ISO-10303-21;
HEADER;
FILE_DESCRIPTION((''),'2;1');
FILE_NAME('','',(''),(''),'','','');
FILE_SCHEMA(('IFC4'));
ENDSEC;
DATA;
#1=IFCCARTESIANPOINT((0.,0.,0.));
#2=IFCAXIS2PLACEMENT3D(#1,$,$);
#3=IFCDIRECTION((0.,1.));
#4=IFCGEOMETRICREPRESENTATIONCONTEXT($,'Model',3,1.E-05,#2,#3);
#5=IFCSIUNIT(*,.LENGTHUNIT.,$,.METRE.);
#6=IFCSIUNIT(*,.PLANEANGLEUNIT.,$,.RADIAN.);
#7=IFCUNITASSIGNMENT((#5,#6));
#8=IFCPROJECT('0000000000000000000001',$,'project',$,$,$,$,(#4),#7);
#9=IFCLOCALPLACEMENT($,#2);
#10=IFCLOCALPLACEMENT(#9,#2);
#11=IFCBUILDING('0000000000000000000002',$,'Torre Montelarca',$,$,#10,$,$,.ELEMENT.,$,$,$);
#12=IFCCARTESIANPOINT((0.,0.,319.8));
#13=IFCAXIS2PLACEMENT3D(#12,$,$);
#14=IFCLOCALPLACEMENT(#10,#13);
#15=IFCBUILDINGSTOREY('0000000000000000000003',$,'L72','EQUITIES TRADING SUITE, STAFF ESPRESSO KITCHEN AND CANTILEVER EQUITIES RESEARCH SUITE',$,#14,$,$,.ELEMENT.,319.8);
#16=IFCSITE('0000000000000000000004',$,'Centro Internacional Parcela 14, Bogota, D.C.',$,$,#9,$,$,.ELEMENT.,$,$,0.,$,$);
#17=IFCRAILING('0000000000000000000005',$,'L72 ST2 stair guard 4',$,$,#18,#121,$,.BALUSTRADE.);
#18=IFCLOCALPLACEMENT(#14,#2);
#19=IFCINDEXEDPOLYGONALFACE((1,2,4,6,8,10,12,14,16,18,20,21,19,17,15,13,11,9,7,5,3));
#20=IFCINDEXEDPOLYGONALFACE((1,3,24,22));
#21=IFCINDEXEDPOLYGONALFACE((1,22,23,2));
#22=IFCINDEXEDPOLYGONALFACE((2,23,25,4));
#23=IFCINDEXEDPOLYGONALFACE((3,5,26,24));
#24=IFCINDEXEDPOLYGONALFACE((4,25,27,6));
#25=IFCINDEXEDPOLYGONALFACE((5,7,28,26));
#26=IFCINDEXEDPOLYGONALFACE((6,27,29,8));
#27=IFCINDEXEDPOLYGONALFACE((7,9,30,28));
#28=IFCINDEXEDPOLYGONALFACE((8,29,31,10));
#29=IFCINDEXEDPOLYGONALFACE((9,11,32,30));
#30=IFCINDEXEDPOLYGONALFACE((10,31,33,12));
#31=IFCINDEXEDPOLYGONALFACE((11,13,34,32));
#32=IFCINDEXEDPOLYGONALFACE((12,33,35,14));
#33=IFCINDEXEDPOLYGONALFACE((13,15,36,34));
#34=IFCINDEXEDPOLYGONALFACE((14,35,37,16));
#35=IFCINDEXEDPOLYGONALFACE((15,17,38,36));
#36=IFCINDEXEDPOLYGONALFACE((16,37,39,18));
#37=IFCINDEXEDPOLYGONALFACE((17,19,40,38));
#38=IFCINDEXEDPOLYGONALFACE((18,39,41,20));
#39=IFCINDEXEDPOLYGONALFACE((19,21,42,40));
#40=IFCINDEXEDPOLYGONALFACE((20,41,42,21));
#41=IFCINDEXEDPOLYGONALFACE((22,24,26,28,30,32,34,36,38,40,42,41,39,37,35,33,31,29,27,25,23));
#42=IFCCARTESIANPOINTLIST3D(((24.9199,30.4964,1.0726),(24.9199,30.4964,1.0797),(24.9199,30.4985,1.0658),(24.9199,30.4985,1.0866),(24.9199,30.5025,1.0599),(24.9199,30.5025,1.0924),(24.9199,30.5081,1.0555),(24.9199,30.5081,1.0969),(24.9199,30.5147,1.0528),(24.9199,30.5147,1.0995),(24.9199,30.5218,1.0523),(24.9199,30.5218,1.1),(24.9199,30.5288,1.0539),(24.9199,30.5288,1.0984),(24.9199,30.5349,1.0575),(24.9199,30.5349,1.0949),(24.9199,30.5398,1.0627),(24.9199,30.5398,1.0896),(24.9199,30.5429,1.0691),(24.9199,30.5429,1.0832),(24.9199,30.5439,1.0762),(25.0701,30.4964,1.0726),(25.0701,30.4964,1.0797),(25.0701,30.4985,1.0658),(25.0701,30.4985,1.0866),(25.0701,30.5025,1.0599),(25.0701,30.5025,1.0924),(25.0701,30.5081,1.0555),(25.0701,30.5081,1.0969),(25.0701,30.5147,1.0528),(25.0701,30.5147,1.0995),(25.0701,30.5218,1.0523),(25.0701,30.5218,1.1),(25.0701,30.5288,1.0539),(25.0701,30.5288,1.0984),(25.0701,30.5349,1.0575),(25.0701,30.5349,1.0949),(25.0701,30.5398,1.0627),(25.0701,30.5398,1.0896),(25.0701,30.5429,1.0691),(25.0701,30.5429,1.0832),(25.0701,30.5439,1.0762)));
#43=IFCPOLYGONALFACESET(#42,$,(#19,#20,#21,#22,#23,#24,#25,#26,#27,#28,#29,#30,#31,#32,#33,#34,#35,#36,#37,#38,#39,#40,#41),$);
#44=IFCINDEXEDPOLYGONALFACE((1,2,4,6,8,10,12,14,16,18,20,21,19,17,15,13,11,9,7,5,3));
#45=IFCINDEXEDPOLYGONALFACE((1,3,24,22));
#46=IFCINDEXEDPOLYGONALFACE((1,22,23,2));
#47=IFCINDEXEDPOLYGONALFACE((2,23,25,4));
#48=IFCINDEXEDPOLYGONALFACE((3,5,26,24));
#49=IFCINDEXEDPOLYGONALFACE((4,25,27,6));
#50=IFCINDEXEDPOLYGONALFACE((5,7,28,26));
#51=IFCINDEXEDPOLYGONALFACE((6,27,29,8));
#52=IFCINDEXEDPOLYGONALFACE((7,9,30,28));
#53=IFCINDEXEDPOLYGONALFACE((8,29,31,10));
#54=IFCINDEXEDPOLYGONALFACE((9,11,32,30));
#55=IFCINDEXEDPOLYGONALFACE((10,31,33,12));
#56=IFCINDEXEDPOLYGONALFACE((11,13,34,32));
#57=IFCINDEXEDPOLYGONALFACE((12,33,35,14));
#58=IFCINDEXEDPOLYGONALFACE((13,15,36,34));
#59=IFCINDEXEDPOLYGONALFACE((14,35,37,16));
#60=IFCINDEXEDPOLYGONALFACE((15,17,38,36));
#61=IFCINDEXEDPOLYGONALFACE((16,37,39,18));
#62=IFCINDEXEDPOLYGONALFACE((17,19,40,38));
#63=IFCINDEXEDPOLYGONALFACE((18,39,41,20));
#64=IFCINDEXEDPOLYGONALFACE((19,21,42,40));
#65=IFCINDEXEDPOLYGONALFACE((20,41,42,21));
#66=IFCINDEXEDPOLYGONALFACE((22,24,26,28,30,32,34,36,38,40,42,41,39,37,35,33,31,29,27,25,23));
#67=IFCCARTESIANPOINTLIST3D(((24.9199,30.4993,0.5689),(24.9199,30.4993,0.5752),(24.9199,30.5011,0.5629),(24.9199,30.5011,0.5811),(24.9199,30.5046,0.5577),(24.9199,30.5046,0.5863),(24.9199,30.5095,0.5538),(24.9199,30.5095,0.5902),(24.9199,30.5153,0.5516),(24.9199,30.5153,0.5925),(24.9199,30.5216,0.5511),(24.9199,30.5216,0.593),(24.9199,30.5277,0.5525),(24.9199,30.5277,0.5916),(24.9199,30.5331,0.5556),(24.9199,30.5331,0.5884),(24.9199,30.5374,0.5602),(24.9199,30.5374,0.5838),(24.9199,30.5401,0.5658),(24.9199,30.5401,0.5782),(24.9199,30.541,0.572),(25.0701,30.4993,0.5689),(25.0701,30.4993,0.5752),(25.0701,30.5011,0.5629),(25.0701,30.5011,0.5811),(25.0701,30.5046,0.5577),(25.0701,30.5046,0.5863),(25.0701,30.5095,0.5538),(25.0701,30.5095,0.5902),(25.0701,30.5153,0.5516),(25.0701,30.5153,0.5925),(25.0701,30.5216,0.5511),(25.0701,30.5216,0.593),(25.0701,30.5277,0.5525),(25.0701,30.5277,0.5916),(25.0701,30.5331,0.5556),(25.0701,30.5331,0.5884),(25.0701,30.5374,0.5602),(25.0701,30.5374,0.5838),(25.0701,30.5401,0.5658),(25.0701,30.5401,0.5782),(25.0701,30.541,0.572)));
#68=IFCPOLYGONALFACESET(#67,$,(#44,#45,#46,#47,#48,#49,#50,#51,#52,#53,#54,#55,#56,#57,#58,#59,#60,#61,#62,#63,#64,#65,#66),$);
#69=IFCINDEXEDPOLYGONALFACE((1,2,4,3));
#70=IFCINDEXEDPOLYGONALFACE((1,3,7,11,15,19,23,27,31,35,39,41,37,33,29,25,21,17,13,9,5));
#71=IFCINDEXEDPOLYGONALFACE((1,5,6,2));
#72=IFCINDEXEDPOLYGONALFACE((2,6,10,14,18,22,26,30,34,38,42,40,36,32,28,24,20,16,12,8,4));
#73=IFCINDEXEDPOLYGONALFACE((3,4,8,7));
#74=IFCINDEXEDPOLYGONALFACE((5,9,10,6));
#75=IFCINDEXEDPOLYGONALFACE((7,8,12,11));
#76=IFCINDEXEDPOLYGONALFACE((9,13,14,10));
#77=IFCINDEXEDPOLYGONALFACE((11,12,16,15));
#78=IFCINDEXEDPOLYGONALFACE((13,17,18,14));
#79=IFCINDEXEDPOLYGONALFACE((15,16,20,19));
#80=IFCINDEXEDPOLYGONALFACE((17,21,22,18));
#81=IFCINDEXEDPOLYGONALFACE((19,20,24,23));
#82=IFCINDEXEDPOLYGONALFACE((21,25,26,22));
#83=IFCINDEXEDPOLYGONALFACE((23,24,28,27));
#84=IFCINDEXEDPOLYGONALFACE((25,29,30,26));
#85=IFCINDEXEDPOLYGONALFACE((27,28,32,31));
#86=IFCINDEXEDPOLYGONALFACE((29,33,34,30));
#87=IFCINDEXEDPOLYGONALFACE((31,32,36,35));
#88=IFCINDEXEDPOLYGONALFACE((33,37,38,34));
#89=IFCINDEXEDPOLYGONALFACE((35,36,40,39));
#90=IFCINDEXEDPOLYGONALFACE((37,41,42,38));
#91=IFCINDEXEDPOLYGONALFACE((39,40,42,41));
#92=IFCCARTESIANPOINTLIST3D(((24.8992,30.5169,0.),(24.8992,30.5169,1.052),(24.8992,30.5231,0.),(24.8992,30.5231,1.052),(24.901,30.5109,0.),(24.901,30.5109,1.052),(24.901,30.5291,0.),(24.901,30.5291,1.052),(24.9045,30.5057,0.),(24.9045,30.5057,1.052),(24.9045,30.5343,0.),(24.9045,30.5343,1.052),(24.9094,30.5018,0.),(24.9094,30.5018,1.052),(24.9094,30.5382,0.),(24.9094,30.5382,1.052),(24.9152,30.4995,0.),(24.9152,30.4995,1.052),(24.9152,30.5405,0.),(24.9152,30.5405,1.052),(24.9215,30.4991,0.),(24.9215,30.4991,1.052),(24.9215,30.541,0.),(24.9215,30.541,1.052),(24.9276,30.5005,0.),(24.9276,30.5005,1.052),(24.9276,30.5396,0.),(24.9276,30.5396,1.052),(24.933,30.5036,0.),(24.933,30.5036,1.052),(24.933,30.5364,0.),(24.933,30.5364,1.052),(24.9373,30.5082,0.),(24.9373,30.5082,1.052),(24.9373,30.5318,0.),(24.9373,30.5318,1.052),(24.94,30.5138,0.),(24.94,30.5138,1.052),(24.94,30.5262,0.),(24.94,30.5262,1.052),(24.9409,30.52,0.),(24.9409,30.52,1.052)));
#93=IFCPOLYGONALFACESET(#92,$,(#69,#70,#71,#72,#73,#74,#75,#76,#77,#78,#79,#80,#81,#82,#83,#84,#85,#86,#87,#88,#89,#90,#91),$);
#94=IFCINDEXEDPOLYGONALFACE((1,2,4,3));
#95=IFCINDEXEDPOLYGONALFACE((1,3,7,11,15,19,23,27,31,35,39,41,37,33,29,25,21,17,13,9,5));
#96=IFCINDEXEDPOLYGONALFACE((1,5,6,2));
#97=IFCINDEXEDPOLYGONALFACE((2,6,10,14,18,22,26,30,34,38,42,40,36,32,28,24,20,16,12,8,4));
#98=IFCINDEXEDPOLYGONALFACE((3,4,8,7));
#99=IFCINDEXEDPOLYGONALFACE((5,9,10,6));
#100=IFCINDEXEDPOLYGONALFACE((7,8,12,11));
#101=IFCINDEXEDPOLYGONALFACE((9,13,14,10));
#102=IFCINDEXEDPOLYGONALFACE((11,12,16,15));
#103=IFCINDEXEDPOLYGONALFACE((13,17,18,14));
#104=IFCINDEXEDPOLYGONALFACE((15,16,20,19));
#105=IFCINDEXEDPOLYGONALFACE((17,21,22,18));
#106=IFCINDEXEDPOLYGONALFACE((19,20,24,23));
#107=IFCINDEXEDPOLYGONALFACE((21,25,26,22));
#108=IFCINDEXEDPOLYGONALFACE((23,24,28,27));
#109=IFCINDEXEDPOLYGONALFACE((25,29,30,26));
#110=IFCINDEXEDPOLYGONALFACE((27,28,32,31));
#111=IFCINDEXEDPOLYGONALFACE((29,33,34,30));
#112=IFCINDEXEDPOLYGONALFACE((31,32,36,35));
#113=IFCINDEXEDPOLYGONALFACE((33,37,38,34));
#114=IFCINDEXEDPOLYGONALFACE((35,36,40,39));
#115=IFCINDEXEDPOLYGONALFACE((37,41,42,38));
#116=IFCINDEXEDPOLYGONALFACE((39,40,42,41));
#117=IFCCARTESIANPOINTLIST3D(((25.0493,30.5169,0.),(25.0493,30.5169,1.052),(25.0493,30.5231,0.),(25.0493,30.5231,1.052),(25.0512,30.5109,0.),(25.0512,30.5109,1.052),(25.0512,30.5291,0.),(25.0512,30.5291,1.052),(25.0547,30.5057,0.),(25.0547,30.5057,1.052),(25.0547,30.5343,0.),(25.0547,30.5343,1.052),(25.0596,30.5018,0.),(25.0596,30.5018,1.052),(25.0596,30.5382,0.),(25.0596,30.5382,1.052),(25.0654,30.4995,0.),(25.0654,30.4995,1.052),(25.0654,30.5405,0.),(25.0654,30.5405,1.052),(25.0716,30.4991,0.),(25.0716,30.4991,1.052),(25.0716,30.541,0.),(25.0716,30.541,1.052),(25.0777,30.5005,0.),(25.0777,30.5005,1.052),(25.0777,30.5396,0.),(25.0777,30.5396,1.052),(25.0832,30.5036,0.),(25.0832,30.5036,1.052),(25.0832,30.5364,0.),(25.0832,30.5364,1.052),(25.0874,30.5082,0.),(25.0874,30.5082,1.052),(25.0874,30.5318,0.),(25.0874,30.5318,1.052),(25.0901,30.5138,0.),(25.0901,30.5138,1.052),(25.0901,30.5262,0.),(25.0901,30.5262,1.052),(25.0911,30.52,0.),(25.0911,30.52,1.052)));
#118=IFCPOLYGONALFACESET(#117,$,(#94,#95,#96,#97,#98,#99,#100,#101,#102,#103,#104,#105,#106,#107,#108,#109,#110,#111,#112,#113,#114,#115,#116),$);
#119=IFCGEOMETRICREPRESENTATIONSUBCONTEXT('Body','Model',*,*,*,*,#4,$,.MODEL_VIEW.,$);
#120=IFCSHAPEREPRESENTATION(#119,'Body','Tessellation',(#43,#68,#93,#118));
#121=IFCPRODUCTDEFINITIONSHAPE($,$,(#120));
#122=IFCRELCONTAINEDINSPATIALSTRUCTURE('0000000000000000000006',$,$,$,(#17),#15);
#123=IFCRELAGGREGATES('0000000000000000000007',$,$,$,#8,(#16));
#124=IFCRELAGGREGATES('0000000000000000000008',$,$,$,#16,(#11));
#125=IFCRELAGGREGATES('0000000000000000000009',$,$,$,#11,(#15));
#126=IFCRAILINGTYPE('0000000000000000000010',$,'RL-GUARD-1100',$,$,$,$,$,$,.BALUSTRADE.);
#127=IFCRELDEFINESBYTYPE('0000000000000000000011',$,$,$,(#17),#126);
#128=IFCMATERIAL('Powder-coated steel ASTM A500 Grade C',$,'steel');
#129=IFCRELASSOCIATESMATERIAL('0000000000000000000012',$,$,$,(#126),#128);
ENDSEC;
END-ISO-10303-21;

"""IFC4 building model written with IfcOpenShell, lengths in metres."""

from ifc_helpers import new_model, si_unit, direction, frame, origin, origin_2d, place, context, subcontext, project, spatial, circle, extrude, material, type_object, element, save


model = new_model("IFC4")

# Units and contexts
model_context = context("Model", 3, precision=1e-05, world=origin(), true_north=direction((0.0, 1.0)))
body_context = subcontext(model_context, "Body", "Model", "MODEL_VIEW")
ifc_project = project(units=[si_unit("LENGTHUNIT", "METRE"), si_unit("PLANEANGLEUNIT", "RADIAN")], contexts=[model_context])

# Site, building, storey
site_placement = place(None, origin())
site = spatial("IfcSite", under=ifc_project, at=site_placement, Name="Centro Internacional Parcela 14, Bogota, D.C.", CompositionType="ELEMENT", RefElevation=0.0)
building_placement = place(site_placement, origin())
building = spatial("IfcBuilding", under=site, at=building_placement, Name="Torre Montelarca", CompositionType="ELEMENT")
storey_placement = place(building_placement, frame((0.0, 0.0, 319.8)))
storey = spatial("IfcBuildingStorey", under=building, at=storey_placement, Name="L72", Description="EQUITIES TRADING SUITE, STAFF ESPRESSO KITCHEN AND CANTILEVER EQUITIES RESEARCH SUITE", CompositionType="ELEMENT", Elevation=319.8)

# Railing
ifc_material_1 = material(Name="Powder-coated steel ASTM A500 Grade C", Category="steel")
railing_type_1 = type_object("IfcRailingType", Name="RL-GUARD-1100", PredefinedType="BALUSTRADE", material=ifc_material_1)
railing_1_placement = place(storey_placement, frame((24.9199, 30.52, 0.0)))
element("IfcRailing", 1, at=railing_1_placement, inside=storey, type_object=railing_type_1, Name="L72 ST2 stair guard 4", PredefinedType="BALUSTRADE", context=body_context, shape_type="SweptSolid", body=[
    extrude(circle(Radius=0.0239, at=origin_2d()), frame((0.0, 0.0, 1.0762), z_axis=(1.0, 0.0, 0.0), x_axis=(0.0, 1.0, 0.0)), (0.0, 0.0, 1.0), 0.1501),
    extrude(circle(Radius=0.021, at=origin_2d()), frame((0.0, 0.0, 0.572), z_axis=(1.0, 0.0, 0.0), x_axis=(0.0, 1.0, 0.0)), (0.0, 0.0, 1.0), 0.1501),
    extrude(circle(Radius=0.021, at=origin_2d()), origin(), (0.0, 0.0, 1.0), 1.052),
    extrude(circle(Radius=0.021, at=origin_2d()), frame((0.1501, 0.0, 0.0)), (0.0, 0.0, 1.0), 1.052),
])

save(model, "model.ifc")
